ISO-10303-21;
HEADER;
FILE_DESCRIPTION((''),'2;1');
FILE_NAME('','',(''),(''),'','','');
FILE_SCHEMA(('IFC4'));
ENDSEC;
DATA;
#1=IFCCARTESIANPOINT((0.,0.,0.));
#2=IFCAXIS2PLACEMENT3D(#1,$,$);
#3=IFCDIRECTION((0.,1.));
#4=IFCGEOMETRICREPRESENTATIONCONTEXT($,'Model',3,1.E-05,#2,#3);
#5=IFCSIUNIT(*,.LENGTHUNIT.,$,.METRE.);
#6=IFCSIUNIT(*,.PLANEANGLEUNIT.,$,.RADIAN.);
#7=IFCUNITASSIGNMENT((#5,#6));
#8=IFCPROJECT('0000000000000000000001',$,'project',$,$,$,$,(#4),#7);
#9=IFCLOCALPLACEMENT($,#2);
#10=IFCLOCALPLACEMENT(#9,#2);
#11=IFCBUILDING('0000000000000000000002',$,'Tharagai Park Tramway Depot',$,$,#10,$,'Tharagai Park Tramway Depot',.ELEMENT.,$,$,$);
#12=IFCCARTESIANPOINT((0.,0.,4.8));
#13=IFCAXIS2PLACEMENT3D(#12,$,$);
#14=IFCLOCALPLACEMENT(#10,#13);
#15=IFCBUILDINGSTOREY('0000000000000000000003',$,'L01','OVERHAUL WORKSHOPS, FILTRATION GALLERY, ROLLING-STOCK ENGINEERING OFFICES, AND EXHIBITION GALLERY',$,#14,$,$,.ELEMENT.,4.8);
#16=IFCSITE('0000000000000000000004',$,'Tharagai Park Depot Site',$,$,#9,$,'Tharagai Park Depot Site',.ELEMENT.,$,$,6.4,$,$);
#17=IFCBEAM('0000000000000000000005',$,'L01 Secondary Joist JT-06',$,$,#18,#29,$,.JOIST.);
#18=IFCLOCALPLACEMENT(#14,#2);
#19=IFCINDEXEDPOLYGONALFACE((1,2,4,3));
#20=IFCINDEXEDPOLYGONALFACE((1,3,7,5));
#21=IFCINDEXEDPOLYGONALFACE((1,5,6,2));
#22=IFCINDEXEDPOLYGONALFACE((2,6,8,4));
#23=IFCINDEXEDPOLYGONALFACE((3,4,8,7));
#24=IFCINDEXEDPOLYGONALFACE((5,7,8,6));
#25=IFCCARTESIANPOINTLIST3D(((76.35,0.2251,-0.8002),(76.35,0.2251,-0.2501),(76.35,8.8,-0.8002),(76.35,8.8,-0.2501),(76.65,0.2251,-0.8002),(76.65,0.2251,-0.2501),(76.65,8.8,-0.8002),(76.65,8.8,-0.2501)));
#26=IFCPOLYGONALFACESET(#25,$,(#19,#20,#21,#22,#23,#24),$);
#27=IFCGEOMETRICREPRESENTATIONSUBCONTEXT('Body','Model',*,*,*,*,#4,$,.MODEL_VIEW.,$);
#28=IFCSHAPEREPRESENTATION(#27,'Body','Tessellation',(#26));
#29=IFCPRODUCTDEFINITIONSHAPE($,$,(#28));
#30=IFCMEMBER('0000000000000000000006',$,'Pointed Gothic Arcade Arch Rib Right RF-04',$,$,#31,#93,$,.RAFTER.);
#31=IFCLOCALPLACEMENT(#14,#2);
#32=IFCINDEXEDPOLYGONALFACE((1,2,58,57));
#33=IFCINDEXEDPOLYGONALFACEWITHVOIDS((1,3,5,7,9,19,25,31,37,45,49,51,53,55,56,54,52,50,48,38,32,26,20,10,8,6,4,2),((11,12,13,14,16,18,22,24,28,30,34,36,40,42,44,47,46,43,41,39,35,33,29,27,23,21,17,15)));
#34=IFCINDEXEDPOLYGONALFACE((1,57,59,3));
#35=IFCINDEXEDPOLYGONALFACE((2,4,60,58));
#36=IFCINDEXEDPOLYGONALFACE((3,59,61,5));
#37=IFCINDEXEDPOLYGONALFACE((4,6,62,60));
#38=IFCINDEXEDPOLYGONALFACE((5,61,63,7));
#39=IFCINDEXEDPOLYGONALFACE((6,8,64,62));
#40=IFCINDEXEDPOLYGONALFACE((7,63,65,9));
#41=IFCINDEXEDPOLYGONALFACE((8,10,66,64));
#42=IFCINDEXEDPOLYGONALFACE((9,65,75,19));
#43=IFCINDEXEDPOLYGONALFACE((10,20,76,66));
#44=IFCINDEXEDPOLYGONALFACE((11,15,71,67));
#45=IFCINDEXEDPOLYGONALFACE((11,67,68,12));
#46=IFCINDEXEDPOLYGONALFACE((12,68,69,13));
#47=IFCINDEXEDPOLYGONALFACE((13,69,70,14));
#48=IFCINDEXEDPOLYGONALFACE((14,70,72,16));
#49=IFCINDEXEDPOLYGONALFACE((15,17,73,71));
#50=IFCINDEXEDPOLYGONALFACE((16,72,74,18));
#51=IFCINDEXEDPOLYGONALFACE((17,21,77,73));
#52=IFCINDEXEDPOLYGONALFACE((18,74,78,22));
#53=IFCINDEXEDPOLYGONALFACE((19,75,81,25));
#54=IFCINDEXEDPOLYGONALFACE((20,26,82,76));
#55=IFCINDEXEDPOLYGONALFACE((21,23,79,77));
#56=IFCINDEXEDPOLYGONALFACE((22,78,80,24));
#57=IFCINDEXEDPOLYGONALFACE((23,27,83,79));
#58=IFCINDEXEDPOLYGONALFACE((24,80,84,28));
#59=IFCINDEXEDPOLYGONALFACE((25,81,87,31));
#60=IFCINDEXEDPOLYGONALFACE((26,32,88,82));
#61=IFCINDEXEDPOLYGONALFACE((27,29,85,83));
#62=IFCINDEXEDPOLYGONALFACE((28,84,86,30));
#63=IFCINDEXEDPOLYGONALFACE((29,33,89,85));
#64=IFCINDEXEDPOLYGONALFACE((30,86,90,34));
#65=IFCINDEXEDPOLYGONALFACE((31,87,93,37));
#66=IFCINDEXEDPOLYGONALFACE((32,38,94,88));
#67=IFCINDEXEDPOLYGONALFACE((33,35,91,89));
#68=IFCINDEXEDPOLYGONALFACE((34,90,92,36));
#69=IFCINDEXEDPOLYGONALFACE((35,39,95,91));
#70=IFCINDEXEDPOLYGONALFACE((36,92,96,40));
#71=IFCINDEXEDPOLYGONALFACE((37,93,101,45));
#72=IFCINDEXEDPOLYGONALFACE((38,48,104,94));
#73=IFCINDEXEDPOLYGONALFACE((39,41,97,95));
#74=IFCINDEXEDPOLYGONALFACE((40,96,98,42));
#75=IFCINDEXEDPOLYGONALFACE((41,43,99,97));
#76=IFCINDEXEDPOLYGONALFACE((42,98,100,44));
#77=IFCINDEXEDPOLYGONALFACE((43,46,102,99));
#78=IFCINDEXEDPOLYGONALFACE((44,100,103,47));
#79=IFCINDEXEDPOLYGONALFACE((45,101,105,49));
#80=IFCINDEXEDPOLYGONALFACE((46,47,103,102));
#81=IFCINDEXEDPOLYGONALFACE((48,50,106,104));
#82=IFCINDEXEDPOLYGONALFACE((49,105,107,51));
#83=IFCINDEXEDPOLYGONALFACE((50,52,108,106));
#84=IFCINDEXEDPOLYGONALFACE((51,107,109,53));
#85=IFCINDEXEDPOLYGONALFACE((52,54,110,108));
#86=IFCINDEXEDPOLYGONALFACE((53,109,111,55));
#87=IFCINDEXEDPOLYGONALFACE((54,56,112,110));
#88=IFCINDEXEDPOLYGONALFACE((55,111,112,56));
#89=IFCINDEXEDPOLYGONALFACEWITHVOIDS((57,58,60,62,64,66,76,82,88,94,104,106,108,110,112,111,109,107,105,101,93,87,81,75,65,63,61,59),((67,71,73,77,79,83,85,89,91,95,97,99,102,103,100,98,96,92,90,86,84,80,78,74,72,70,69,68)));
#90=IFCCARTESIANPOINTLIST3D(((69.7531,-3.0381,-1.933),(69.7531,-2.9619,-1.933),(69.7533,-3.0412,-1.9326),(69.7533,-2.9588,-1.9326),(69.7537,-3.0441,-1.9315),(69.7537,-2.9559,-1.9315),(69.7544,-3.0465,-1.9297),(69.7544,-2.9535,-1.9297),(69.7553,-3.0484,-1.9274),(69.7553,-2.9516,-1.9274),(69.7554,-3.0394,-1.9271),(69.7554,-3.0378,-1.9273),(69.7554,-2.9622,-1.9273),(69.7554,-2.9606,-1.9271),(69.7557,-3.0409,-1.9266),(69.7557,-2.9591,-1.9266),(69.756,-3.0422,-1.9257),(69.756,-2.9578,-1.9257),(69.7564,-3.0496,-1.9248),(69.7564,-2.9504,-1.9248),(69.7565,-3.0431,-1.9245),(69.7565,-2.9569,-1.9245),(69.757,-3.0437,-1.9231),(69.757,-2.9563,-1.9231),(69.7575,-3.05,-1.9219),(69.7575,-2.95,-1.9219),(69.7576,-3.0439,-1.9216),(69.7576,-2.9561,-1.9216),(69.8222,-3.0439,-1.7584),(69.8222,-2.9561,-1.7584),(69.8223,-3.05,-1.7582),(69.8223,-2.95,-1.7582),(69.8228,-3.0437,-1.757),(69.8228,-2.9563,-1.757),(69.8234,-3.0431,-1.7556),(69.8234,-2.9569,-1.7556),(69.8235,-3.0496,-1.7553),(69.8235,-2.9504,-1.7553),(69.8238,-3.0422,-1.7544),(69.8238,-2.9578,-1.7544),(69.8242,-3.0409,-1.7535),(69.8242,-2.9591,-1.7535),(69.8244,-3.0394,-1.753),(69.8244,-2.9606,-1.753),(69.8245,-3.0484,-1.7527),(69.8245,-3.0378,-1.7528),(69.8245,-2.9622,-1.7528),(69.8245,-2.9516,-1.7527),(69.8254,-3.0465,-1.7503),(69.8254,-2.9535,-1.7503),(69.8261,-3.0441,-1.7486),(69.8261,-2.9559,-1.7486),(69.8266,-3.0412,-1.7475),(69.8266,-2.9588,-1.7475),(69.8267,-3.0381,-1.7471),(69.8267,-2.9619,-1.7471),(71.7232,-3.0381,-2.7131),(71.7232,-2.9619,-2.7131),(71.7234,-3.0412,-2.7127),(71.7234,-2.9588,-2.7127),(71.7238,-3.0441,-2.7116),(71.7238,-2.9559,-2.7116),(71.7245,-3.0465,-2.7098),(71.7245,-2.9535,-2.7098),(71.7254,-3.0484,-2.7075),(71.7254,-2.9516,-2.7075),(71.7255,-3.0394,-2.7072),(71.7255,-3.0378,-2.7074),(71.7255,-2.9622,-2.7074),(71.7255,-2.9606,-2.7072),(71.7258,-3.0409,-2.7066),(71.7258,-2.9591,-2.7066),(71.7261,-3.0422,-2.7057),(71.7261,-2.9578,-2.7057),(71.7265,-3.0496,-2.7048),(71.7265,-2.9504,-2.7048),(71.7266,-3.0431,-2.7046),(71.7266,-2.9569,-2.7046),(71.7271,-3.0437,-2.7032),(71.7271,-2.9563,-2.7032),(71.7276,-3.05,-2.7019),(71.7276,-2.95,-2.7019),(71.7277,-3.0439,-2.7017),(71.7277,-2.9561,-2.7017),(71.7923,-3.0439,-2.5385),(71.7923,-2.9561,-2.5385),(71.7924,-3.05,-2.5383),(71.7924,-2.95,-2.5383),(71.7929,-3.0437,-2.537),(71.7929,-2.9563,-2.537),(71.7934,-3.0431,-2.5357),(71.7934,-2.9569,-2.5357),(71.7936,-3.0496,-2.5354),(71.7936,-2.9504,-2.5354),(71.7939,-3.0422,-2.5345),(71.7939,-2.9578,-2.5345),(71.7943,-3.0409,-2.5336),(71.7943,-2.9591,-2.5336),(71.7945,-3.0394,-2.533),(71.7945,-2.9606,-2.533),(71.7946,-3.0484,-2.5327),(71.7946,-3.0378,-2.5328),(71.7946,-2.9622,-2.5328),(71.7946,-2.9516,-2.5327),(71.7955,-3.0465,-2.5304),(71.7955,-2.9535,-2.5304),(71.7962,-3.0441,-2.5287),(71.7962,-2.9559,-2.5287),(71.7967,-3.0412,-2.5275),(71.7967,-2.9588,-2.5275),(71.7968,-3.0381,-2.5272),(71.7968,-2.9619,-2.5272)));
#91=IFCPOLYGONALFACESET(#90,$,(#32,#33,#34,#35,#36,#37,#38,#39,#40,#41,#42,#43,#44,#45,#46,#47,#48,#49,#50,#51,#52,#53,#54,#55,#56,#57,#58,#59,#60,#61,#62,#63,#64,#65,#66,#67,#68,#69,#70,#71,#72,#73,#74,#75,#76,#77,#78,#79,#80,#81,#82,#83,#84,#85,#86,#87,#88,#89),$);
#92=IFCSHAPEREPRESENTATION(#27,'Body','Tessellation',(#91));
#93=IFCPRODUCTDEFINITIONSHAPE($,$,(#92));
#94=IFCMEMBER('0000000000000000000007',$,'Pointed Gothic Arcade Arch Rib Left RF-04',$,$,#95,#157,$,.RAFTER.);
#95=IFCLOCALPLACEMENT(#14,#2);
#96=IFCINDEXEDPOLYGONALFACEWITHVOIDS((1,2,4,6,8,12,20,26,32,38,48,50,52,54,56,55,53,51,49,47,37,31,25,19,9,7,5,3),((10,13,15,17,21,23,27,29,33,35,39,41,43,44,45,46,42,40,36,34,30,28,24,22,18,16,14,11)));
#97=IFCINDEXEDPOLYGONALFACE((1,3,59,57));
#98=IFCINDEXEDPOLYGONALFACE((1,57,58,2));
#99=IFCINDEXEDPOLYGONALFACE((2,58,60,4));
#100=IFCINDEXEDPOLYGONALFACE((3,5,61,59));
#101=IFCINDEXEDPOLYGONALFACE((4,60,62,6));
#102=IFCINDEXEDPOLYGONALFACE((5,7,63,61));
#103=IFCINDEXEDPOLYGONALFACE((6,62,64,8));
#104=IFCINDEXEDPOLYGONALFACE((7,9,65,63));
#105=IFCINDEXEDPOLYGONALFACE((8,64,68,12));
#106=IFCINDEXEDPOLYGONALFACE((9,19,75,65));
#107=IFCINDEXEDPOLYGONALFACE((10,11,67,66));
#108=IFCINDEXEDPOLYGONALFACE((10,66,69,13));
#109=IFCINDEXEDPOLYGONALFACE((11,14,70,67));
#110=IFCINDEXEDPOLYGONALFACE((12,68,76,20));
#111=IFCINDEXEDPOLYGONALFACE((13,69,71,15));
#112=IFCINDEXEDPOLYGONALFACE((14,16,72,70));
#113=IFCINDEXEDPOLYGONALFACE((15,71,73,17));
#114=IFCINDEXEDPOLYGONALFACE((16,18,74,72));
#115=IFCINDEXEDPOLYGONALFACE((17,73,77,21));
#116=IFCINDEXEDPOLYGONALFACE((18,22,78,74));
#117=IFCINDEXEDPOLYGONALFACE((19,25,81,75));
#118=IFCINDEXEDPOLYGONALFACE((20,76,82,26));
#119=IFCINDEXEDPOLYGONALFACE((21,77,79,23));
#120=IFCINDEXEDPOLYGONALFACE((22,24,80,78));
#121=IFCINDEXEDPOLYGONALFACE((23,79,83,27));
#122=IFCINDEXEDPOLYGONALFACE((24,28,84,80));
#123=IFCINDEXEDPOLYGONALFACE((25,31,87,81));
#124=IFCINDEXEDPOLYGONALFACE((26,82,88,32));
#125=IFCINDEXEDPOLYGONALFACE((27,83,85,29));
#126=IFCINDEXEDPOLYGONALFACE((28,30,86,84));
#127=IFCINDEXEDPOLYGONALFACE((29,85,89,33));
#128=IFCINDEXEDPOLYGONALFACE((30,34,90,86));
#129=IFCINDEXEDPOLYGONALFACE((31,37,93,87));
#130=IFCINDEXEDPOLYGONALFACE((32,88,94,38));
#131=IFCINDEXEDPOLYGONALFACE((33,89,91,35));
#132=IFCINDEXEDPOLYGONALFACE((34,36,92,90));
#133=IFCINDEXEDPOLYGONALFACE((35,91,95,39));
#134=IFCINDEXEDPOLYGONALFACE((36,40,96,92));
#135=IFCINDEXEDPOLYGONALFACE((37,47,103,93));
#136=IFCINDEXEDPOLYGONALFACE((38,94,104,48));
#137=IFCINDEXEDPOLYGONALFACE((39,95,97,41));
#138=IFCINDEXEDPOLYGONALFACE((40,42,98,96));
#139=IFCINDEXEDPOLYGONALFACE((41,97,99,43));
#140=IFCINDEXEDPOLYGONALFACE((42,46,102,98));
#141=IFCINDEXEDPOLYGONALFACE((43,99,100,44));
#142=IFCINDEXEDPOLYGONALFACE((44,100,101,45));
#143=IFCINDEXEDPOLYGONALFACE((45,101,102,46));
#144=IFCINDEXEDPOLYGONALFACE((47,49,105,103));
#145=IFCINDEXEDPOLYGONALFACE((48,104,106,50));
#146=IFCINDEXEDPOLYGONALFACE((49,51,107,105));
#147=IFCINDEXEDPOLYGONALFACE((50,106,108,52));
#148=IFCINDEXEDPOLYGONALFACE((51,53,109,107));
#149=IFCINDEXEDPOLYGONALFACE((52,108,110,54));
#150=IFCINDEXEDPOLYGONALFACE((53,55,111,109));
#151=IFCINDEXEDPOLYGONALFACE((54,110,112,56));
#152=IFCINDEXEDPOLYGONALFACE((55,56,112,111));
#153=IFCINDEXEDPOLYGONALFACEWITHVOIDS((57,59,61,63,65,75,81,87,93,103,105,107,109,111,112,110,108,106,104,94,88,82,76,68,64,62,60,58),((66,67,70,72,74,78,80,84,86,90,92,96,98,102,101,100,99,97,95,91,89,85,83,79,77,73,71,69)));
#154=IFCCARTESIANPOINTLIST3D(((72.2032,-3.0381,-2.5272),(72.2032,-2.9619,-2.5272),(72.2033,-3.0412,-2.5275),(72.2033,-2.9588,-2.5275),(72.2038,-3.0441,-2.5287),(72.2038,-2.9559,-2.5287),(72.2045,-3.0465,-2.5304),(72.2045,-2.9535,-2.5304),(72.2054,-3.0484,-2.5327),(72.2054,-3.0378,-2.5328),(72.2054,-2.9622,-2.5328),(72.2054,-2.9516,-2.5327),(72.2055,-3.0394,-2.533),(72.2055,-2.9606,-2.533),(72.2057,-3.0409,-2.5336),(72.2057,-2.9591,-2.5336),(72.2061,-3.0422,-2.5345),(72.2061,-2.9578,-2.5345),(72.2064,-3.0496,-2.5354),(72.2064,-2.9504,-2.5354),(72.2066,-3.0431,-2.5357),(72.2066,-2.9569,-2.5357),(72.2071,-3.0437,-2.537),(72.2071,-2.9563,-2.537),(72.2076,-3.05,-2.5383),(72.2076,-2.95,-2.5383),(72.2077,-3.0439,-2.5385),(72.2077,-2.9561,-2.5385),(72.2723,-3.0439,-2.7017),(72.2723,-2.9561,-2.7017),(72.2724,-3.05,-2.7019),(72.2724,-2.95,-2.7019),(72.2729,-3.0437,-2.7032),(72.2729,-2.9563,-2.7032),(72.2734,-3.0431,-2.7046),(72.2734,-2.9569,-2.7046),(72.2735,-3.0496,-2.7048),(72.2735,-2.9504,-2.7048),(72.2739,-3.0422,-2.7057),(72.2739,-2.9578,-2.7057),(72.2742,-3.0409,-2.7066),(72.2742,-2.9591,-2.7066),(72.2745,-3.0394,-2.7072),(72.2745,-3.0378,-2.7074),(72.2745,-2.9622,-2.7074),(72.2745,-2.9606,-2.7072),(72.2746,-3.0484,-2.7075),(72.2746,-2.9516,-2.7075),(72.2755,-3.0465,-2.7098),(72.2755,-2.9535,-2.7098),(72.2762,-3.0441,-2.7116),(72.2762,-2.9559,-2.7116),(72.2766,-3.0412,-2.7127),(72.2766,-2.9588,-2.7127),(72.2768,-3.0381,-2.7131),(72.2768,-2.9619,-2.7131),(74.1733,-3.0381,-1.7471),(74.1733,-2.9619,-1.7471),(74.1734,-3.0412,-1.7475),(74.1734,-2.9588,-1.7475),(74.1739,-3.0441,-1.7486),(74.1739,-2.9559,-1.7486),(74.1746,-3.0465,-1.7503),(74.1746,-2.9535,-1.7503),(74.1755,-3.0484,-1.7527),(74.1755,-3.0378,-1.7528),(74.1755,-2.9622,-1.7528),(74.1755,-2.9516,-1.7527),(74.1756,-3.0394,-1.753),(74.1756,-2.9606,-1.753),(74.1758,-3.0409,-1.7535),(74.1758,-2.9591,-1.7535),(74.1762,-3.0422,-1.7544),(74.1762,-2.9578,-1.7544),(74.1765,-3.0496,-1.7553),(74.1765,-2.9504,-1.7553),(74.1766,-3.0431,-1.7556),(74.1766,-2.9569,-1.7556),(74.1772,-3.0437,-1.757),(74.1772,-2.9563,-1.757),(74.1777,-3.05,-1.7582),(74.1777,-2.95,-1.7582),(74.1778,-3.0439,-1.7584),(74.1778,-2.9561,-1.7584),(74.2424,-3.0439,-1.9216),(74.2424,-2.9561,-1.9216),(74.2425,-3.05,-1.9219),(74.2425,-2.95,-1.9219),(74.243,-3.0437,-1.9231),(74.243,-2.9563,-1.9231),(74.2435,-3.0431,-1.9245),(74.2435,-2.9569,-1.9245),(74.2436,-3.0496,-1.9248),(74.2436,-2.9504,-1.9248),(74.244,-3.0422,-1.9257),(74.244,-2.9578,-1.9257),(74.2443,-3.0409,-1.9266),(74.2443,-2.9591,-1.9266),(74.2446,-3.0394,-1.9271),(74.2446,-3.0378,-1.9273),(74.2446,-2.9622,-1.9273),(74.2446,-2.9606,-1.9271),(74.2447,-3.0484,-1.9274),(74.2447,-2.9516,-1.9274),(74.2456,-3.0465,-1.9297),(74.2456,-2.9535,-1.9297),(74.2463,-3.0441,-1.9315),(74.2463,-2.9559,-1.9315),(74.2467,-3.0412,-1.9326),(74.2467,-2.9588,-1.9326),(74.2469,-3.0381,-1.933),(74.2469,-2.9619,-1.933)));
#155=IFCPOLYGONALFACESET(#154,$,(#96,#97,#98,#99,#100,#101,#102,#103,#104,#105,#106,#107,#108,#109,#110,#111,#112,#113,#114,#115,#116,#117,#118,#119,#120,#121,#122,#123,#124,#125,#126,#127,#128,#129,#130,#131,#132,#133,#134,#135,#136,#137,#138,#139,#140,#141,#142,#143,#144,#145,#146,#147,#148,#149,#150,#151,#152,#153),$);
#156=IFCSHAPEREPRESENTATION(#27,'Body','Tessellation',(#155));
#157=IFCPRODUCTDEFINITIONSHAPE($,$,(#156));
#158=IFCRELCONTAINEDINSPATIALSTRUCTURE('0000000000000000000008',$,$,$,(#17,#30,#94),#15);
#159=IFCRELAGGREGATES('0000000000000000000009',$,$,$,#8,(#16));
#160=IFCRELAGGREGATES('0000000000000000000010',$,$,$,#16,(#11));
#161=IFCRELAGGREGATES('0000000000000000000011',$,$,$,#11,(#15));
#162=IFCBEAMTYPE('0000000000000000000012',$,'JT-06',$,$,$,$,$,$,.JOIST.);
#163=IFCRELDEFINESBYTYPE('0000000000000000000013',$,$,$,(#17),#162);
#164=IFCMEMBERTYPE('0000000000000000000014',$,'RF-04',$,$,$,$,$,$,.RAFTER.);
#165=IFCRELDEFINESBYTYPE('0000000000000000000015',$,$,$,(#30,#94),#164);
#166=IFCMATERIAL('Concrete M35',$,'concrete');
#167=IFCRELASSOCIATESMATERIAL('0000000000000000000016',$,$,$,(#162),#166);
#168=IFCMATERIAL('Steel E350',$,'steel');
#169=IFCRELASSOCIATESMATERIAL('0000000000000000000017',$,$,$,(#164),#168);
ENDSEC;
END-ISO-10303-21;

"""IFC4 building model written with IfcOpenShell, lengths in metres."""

from ifc_helpers import new_model, si_unit, direction, frame, origin, origin_2d, place, context, subcontext, project, spatial, rectangle, hollow_rectangle, extrude, material, material_profile, profile_set, type_object, element, save


model = new_model("IFC4")

# Units and contexts
model_context = context("Model", 3, precision=1e-05, world=origin(), true_north=direction((0.0, 1.0)))
body_context = subcontext(model_context, "Body", "Model", "MODEL_VIEW")
ifc_project = project(units=[si_unit("LENGTHUNIT", "METRE"), si_unit("PLANEANGLEUNIT", "RADIAN")], contexts=[model_context])

# Site, building, storey
site_placement = place(None, origin())
site = spatial("IfcSite", under=ifc_project, at=site_placement, Name="Tharagai Park Depot Site", LongName="Tharagai Park Depot Site", CompositionType="ELEMENT", RefElevation=6.4)
building_placement = place(site_placement, origin())
building = spatial("IfcBuilding", under=site, at=building_placement, Name="Tharagai Park Tramway Depot", LongName="Tharagai Park Tramway Depot", CompositionType="ELEMENT")
storey_placement = place(building_placement, frame((0.0, 0.0, 4.8)))
storey = spatial("IfcBuildingStorey", under=building, at=storey_placement, Name="L01", Description="OVERHAUL WORKSHOPS, FILTRATION GALLERY, ROLLING-STOCK ENGINEERING OFFICES, AND EXHIBITION GALLERY", CompositionType="ELEMENT", Elevation=4.8)

# Shared definitions
ifc_material_1 = material(Name="Concrete M35", Category="concrete")

# Beam
ifc_material_profile_1 = material_profile(ifc_material_1, rectangle(XDim=0.3, YDim=0.55, at=origin_2d()), Name="RC 300x550")
ifc_profile_set_1 = profile_set([ifc_material_profile_1], Name="Concrete M35")
beam_type_1 = type_object("IfcBeamType", Name="JT-06", PredefinedType="JOIST", material=ifc_profile_set_1)
beam_1_placement = place(storey_placement, frame((76.5, 0.2251, -0.5251), z_axis=(0.0, 1.0, 0.0), x_axis=(-1.0, 0.0, 0.0)))
element("IfcBeam", 1, at=beam_1_placement, inside=storey, type_object=beam_type_1, Name="L01 Secondary Joist JT-06", PredefinedType="JOIST", context=body_context, shape_type="SweptSolid", body=[
    extrude(rectangle(XDim=0.3, YDim=0.55, at=origin_2d()), origin(), (0.0, 0.0, 1.0), 8.575),
])

# Members
ifc_material_2 = material(Name="Steel E350", Category="steel")
ifc_material_profile_2 = material_profile(ifc_material_2, hollow_rectangle(XDim=0.1001, YDim=0.2, WallThickness=0.0061, InnerFilletRadius=0.0061, OuterFilletRadius=0.012, at=origin_2d()), Name="RHS 200x100x6")
ifc_profile_set_2 = profile_set([ifc_material_profile_2], Name="Steel E350")
member_type_1 = type_object("IfcMemberType", Name="RF-04", PredefinedType="RAFTER", material=ifc_profile_set_2)
for number, where, z_axis, x_axis, name in (
    (2, (71.76, -3.0, -2.6201), (-0.929766, 0.0, 0.36815), (0.0, -1.0, 0.0), "Pointed Gothic Arcade Arch Rib Right RF-04"),
    (3, (72.24, -3.0, -2.6201), (0.929766, 0.0, 0.36815), (0.0, 1.0, 0.0), "Pointed Gothic Arcade Arch Rib Left RF-04"),
):
    element("IfcMember", number, at=place(storey_placement, frame(where, z_axis=z_axis, x_axis=x_axis)), inside=storey, type_object=member_type_1, Name=name, PredefinedType="RAFTER", context=body_context, shape_type="SweptSolid", body=[
        extrude(hollow_rectangle(XDim=0.1001, YDim=0.2, WallThickness=0.0061, InnerFilletRadius=0.0061, OuterFilletRadius=0.012, at=origin_2d()), origin(), (0.0, 0.0, 1.0), 2.1189),
    ])

save(model, "model.ifc")
